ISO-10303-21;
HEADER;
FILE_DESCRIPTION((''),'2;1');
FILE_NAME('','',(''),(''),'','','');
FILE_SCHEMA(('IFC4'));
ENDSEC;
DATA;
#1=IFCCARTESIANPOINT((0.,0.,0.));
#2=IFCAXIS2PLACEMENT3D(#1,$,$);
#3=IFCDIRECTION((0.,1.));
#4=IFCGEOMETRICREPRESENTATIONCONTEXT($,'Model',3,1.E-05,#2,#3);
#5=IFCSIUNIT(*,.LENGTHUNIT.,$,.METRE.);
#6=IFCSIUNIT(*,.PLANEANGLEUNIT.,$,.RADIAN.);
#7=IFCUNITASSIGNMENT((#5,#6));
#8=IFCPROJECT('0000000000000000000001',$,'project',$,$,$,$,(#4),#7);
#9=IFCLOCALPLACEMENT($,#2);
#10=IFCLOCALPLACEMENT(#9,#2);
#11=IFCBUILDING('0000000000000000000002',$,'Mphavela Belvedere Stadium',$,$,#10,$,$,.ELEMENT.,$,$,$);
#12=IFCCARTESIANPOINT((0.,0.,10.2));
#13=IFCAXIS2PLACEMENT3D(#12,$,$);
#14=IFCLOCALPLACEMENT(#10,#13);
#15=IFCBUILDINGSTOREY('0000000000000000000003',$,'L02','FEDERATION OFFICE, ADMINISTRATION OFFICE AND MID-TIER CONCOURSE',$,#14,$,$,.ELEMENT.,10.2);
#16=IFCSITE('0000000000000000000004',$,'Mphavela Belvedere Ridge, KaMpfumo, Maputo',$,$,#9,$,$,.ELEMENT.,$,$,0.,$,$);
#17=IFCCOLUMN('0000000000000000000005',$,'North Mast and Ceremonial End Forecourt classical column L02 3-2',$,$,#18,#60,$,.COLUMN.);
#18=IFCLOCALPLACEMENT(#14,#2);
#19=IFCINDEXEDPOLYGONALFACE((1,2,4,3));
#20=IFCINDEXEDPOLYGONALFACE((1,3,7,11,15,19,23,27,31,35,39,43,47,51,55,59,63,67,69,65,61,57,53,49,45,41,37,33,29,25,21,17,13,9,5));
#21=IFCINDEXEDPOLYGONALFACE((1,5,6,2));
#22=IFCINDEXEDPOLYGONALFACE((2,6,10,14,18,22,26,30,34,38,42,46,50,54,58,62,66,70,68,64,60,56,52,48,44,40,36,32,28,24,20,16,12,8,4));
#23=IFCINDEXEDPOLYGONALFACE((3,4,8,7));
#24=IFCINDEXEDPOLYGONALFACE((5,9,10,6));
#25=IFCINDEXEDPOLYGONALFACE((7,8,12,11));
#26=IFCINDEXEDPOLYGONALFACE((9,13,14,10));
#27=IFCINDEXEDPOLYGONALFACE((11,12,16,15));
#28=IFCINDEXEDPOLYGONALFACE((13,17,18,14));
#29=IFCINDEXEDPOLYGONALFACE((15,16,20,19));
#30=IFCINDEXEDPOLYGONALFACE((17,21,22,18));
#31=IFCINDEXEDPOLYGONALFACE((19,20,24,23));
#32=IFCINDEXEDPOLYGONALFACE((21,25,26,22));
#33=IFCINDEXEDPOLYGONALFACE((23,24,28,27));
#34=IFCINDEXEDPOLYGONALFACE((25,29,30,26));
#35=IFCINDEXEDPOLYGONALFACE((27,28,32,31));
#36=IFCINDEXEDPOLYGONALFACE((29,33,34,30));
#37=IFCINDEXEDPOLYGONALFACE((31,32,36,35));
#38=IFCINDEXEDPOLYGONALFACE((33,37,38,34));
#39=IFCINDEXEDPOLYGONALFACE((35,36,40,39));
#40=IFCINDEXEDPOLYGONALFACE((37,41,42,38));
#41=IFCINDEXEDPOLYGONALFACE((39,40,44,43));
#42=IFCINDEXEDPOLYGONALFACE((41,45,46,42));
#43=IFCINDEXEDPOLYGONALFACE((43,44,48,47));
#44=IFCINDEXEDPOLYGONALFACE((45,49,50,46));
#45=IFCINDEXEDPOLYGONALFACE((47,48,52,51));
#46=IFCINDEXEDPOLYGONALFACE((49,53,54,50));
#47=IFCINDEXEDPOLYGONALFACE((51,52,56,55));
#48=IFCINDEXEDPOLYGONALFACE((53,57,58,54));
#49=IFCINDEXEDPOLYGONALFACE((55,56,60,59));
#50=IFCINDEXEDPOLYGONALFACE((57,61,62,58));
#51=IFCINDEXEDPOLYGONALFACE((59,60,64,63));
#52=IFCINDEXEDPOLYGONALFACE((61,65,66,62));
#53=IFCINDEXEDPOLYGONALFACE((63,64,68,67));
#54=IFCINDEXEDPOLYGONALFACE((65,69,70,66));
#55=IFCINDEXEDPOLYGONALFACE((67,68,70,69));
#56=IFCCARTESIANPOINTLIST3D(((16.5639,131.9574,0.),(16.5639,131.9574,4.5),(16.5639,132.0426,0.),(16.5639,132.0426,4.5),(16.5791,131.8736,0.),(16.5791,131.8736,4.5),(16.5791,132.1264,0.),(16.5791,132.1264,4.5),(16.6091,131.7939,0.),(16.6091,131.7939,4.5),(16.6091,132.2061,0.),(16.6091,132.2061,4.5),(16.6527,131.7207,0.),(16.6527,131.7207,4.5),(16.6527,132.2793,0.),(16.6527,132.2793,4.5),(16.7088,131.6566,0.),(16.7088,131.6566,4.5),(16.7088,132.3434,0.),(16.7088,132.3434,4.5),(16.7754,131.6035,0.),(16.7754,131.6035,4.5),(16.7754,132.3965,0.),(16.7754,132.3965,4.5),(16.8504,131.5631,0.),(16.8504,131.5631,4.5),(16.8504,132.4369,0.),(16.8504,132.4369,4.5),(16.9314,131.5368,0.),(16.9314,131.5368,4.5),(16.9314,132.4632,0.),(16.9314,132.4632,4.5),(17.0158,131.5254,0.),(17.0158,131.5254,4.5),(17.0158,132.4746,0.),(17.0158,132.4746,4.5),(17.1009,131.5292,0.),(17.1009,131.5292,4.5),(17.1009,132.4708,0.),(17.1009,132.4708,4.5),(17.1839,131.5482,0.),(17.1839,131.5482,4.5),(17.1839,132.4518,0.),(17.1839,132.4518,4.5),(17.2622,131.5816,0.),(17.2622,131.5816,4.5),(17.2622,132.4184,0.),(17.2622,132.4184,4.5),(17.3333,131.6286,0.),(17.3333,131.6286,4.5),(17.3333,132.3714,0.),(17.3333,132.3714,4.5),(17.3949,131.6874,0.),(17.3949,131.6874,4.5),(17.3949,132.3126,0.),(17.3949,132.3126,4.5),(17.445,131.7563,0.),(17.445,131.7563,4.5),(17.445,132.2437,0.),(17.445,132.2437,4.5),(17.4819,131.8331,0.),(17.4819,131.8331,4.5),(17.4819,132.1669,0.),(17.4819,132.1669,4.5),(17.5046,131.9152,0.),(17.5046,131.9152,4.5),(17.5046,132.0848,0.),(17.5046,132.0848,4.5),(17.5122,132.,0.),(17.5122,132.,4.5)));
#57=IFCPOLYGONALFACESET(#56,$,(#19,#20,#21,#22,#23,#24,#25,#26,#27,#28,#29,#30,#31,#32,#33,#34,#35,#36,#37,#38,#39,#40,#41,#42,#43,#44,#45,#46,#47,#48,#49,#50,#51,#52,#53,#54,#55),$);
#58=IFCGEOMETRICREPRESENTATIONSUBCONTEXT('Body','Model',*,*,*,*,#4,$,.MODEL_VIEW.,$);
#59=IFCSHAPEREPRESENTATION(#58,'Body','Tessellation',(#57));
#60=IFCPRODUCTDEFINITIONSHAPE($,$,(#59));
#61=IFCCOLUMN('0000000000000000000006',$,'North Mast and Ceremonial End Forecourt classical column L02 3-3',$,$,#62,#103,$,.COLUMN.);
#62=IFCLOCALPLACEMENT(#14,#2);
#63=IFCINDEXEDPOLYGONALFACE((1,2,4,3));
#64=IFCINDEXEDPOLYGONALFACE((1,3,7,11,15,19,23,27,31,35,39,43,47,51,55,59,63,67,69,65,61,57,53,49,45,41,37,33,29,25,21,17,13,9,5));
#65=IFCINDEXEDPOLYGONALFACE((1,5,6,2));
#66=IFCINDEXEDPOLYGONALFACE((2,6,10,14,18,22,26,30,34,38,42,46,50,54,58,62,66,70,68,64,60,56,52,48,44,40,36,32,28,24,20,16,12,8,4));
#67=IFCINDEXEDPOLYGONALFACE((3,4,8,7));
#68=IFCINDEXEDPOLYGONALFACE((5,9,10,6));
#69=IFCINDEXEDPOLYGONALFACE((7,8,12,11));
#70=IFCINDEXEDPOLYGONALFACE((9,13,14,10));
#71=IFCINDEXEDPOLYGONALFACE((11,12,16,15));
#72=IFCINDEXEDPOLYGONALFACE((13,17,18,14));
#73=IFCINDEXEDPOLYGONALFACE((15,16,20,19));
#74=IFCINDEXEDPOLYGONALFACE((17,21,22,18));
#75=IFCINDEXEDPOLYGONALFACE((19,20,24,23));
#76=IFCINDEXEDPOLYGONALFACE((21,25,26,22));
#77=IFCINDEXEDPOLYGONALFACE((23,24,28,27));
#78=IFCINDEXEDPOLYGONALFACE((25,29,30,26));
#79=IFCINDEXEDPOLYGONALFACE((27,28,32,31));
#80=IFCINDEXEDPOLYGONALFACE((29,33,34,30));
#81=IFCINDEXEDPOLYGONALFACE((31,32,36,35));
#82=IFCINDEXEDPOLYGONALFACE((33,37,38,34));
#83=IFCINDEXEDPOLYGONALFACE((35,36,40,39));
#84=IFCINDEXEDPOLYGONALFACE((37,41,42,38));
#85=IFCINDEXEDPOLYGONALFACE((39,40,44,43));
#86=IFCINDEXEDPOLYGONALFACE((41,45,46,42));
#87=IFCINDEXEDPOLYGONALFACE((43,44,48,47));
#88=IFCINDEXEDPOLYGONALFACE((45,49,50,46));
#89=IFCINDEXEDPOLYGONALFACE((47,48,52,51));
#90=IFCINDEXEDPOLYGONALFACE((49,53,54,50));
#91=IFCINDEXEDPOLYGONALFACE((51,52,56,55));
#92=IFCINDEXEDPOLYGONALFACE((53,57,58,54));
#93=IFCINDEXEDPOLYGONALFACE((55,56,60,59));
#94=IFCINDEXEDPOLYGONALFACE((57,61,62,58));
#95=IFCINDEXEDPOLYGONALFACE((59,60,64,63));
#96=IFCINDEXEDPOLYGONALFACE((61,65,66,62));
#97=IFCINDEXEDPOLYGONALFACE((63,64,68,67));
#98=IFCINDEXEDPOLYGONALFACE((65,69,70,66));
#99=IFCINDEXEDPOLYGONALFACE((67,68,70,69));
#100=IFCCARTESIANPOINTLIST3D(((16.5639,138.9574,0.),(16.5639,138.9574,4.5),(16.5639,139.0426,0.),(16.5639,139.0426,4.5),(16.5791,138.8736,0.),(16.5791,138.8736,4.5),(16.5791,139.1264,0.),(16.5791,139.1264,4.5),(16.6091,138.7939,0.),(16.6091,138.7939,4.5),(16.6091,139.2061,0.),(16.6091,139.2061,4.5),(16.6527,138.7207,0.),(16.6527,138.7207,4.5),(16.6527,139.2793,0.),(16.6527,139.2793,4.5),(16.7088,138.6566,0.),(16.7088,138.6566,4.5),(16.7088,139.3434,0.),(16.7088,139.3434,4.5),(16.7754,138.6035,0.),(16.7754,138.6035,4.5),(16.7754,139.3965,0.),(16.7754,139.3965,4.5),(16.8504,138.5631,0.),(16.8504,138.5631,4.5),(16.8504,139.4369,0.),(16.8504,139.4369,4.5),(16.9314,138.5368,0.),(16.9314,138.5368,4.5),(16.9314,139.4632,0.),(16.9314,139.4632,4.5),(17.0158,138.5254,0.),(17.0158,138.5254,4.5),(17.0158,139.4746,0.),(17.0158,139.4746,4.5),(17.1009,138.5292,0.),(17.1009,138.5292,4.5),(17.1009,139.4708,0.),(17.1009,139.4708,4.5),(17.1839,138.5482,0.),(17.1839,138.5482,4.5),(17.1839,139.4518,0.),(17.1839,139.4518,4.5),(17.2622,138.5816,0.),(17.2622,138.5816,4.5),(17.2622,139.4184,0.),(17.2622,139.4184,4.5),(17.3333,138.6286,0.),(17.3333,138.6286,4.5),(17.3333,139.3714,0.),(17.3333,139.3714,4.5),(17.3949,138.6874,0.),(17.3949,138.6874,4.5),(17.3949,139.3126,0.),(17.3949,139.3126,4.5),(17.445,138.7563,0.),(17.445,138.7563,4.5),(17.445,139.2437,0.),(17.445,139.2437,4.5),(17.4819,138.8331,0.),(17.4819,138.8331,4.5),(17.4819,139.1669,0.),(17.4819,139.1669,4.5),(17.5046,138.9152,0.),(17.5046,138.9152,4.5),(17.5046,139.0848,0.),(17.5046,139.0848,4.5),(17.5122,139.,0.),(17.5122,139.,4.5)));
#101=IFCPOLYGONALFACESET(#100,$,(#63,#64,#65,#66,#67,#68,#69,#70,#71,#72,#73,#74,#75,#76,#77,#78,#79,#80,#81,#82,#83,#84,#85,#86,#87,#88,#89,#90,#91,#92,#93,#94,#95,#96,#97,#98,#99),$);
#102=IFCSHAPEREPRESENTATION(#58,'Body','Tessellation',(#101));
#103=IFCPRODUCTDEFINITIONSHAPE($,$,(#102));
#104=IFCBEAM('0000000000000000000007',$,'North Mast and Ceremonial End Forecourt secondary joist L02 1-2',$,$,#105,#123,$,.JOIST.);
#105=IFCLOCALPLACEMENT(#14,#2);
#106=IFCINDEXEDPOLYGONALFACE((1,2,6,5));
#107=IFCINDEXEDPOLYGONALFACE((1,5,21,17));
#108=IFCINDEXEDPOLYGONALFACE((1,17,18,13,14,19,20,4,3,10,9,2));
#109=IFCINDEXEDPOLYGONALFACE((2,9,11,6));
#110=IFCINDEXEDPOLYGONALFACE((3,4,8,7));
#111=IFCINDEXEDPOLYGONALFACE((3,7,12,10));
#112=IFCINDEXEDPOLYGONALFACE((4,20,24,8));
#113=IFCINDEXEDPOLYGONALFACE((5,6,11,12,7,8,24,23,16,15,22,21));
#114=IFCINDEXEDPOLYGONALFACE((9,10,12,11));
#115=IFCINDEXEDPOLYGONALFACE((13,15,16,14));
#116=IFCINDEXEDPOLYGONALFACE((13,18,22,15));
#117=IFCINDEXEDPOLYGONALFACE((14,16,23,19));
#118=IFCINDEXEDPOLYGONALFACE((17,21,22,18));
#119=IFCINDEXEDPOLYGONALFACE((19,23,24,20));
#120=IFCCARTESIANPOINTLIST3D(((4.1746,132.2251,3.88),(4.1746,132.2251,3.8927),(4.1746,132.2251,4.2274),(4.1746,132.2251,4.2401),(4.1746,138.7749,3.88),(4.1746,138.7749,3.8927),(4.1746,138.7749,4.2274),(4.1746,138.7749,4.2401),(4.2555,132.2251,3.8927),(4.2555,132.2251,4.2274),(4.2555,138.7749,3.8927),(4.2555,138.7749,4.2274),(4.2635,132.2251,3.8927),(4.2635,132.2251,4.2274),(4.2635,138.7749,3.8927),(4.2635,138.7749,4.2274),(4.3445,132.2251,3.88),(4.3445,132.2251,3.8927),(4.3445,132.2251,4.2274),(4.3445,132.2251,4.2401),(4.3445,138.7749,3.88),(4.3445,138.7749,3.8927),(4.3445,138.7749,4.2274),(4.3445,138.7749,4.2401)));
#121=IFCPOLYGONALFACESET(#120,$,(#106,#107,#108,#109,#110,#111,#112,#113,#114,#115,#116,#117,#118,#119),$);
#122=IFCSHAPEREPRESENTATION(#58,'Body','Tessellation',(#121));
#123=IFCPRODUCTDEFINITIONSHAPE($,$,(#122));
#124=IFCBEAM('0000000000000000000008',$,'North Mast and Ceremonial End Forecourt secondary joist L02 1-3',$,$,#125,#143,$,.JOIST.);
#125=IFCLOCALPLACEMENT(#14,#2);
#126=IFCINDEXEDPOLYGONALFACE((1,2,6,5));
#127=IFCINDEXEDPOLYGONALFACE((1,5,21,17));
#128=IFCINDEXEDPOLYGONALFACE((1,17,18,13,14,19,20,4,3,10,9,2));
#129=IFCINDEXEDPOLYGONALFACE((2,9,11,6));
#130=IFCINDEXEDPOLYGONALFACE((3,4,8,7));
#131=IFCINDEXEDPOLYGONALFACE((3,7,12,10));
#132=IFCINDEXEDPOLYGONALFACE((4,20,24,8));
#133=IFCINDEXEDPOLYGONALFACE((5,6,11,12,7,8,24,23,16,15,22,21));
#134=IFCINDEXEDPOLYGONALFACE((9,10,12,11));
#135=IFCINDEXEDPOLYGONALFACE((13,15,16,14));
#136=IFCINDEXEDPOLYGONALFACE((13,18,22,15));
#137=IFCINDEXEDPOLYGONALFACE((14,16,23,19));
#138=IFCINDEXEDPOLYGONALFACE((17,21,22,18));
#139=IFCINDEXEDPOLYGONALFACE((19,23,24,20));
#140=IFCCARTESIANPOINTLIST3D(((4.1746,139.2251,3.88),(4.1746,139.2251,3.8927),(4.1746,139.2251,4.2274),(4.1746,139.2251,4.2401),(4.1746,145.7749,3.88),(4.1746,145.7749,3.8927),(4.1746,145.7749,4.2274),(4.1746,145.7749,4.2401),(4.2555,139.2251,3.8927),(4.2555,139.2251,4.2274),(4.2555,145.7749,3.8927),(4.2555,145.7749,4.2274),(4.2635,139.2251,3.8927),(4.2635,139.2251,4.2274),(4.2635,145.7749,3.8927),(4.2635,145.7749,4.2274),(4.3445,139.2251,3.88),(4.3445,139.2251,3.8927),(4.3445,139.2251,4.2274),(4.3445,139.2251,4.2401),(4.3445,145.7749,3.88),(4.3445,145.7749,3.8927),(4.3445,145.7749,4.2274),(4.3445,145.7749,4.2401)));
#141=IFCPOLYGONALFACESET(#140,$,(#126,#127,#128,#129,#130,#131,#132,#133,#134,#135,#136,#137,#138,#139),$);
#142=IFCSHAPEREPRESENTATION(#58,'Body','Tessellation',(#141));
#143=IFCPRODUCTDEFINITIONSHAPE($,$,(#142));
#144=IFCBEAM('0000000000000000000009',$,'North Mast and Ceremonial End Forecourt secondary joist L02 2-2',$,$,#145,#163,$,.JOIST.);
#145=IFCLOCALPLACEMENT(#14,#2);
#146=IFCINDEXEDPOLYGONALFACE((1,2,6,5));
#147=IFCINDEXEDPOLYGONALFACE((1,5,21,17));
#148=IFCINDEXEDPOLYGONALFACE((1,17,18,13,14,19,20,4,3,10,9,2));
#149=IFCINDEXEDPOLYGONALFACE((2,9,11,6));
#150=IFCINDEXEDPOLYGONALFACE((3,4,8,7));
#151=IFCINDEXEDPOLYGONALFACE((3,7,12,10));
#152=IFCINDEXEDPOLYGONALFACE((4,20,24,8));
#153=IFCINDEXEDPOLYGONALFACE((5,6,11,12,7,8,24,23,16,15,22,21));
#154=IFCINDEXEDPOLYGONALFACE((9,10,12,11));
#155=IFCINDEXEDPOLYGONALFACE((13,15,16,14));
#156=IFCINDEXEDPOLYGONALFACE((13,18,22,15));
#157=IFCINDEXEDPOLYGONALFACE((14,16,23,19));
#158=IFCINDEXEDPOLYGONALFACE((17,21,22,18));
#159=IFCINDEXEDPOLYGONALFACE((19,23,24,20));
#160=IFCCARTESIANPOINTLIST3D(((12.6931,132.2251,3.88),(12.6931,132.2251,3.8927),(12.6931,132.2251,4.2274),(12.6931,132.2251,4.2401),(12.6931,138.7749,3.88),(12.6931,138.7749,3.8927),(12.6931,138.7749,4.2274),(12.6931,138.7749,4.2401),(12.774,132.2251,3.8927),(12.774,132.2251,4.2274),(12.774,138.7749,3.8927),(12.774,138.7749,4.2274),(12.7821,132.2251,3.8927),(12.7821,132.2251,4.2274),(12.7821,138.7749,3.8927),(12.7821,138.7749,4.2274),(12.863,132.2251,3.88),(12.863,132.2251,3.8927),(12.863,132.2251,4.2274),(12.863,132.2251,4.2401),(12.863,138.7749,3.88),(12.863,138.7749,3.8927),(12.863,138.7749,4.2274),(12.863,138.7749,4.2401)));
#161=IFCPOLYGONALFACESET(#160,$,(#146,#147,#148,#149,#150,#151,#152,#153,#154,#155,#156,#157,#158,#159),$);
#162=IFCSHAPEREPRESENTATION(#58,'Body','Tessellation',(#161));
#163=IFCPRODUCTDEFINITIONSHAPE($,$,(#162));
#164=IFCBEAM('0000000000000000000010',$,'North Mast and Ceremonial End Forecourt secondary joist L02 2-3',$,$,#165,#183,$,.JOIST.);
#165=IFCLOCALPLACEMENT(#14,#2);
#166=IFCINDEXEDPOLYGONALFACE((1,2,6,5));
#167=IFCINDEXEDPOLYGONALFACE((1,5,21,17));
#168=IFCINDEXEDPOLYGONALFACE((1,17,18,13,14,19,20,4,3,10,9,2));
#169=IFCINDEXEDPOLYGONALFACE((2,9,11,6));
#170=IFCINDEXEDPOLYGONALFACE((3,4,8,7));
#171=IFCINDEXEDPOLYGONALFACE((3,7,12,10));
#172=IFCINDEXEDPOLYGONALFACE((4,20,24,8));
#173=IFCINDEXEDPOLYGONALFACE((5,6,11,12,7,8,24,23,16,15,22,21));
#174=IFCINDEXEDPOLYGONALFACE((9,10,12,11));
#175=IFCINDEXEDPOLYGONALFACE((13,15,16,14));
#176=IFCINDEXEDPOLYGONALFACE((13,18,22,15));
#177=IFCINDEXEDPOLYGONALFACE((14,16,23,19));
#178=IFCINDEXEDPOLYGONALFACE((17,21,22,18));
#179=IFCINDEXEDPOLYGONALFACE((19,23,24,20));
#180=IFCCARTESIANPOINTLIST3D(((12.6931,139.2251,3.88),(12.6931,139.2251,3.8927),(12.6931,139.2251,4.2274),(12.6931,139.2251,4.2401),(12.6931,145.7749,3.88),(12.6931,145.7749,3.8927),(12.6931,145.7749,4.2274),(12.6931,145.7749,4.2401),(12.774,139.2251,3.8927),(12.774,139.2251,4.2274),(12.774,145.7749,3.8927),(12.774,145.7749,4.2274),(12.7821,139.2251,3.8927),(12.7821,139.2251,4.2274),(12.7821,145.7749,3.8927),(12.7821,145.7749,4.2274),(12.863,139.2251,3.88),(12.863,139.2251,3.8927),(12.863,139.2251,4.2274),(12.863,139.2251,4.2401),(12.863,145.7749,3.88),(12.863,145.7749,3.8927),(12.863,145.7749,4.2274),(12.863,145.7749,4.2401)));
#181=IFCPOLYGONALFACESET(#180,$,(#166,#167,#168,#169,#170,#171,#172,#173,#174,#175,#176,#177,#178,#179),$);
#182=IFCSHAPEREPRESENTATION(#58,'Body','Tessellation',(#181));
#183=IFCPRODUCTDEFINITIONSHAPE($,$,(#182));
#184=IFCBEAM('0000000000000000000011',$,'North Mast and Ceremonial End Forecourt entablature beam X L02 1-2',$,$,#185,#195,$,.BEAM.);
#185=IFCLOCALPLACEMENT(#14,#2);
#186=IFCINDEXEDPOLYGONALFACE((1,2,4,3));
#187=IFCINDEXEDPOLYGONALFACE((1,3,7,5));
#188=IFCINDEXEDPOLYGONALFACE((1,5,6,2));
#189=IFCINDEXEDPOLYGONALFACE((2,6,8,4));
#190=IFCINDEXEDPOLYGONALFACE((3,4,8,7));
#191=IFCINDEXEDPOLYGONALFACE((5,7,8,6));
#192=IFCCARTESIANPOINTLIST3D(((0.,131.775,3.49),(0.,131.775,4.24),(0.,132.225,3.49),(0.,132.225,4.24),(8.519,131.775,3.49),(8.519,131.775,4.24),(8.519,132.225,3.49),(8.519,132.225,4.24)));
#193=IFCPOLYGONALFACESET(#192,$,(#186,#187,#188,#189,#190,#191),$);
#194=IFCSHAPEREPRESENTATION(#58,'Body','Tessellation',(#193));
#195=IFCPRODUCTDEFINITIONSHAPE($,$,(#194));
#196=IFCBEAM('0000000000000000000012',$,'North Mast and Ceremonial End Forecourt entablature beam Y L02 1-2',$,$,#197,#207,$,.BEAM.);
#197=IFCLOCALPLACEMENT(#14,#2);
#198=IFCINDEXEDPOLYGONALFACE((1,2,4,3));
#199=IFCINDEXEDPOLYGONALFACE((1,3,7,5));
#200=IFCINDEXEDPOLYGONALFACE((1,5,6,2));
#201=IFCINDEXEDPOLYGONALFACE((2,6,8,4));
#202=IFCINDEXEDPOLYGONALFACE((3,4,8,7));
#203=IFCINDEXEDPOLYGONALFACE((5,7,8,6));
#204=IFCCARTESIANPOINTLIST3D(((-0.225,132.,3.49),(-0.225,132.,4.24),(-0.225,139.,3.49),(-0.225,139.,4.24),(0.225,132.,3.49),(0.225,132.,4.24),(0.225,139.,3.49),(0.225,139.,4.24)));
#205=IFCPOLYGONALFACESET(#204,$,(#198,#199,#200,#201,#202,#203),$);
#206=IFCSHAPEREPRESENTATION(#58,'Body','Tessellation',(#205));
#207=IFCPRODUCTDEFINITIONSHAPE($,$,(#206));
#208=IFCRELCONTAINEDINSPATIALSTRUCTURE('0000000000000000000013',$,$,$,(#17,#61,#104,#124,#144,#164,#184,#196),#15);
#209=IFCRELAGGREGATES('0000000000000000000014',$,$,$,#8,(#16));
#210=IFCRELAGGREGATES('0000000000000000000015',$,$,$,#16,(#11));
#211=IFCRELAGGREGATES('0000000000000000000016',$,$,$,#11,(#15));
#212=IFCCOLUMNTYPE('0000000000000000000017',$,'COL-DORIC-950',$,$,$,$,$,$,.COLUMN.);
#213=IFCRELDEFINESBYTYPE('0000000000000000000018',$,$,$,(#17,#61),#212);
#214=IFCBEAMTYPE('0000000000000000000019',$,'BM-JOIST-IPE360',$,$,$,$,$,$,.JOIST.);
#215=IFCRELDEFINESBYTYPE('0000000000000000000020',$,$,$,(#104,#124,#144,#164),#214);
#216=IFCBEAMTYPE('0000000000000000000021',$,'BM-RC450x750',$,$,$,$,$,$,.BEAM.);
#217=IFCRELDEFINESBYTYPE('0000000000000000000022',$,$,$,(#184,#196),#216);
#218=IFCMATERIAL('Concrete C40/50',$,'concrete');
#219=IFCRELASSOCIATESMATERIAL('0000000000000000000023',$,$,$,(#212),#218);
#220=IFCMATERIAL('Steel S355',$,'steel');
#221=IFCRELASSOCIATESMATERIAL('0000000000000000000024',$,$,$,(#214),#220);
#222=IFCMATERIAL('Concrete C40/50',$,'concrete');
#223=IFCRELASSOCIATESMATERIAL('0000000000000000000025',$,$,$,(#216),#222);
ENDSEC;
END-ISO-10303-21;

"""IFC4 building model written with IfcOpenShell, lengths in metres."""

from ifc_helpers import new_model, si_unit, direction, frame, origin, origin_2d, place, context, subcontext, project, spatial, rectangle, circle, i_section, extrude, material, material_profile, profile_set, type_object, element, save


model = new_model("IFC4")

# Units and contexts
model_context = context("Model", 3, precision=1e-05, world=origin(), true_north=direction((0.0, 1.0)))
body_context = subcontext(model_context, "Body", "Model", "MODEL_VIEW")
ifc_project = project(units=[si_unit("LENGTHUNIT", "METRE"), si_unit("PLANEANGLEUNIT", "RADIAN")], contexts=[model_context])

# Site, building, storey
site_placement = place(None, origin())
site = spatial("IfcSite", under=ifc_project, at=site_placement, Name="Mphavela Belvedere Ridge, KaMpfumo, Maputo", CompositionType="ELEMENT", RefElevation=0.0)
building_placement = place(site_placement, origin())
building = spatial("IfcBuilding", under=site, at=building_placement, Name="Mphavela Belvedere Stadium", CompositionType="ELEMENT")
storey_placement = place(building_placement, frame((0.0, 0.0, 10.2)))
storey = spatial("IfcBuildingStorey", under=building, at=storey_placement, Name="L02", Description="FEDERATION OFFICE, ADMINISTRATION OFFICE AND MID-TIER CONCOURSE", CompositionType="ELEMENT", Elevation=10.2)

# Columns
ifc_material_1 = material(Name="Concrete C40/50", Category="concrete")
ifc_material_profile_1 = material_profile(ifc_material_1, circle(Radius=0.4751, at=origin_2d()), Name="COL D950")
ifc_profile_set_1 = profile_set([ifc_material_profile_1], Name="Concrete C40/50")
column_type = type_object("IfcColumnType", Name="COL-DORIC-950", PredefinedType="COLUMN", material=ifc_profile_set_1)
for number, where, z_axis, x_axis, name in (
    (1, (17.0371, 132.0, 0.0), (0.0, 0.0, 1.0), (1.0, 0.0, 0.0), "North Mast and Ceremonial End Forecourt classical column L02 3-2"),
    (2, (17.0371, 139.0, 0.0), (0.0, 0.0, 1.0), (1.0, 0.0, 0.0), "North Mast and Ceremonial End Forecourt classical column L02 3-3"),
):
    element("IfcColumn", number, at=place(storey_placement, frame(where, z_axis=z_axis, x_axis=x_axis)), inside=storey, type_object=column_type, Name=name, PredefinedType="COLUMN", context=body_context, shape_type="SweptSolid", body=[
        extrude(circle(Radius=0.4751, at=origin_2d()), origin(), (0.0, 0.0, 1.0), 4.5),
    ])

# Beams
ifc_material_2 = material(Name="Steel S355", Category="steel")
ifc_material_profile_2 = material_profile(ifc_material_2, i_section(OverallWidth=0.1699, OverallDepth=0.3601, WebThickness=0.0081, FlangeThickness=0.0127, at=origin_2d()), Name="IPE 360")
ifc_profile_set_2 = profile_set([ifc_material_profile_2], Name="Steel S355")
beam_type_1 = type_object("IfcBeamType", Name="BM-JOIST-IPE360", PredefinedType="JOIST", material=ifc_profile_set_2)
for number, where, z_axis, x_axis, name in (
    (3, (4.2595, 132.2251, 4.0601), (0.0, 1.0, 0.0), (-1.0, 0.0, 0.0), "North Mast and Ceremonial End Forecourt secondary joist L02 1-2"),
    (4, (4.2595, 139.2251, 4.0601), (0.0, 1.0, 0.0), (-1.0, 0.0, 0.0), "North Mast and Ceremonial End Forecourt secondary joist L02 1-3"),
    (5, (12.7781, 132.2251, 4.0601), (0.0, 1.0, 0.0), (-1.0, 0.0, 0.0), "North Mast and Ceremonial End Forecourt secondary joist L02 2-2"),
    (6, (12.7781, 139.2251, 4.0601), (0.0, 1.0, 0.0), (-1.0, 0.0, 0.0), "North Mast and Ceremonial End Forecourt secondary joist L02 2-3"),
):
    element("IfcBeam", number, at=place(storey_placement, frame(where, z_axis=z_axis, x_axis=x_axis)), inside=storey, type_object=beam_type_1, Name=name, PredefinedType="JOIST", context=body_context, shape_type="SweptSolid", body=[
        extrude(i_section(OverallWidth=0.1699, OverallDepth=0.3601, WebThickness=0.0081, FlangeThickness=0.0127, at=origin_2d()), origin(), (0.0, 0.0, 1.0), 6.5498),
    ])
ifc_material_3 = material(Name="Concrete C40/50", Category="concrete")
ifc_material_profile_3 = material_profile(ifc_material_3, rectangle(XDim=0.45, YDim=0.75, at=origin_2d()), Name="RC 450x750")
ifc_profile_set_3 = profile_set([ifc_material_profile_3], Name="Concrete C40/50")
beam_type_2 = type_object("IfcBeamType", Name="BM-RC450x750", PredefinedType="BEAM", material=ifc_profile_set_3)
beam_1_placement = place(storey_placement, frame((0.0, 132.0, 3.865), z_axis=(1.0, 0.0, 0.0), x_axis=(0.0, 1.0, 0.0)))
element("IfcBeam", 7, at=beam_1_placement, inside=storey, type_object=beam_type_2, Name="North Mast and Ceremonial End Forecourt entablature beam X L02 1-2", PredefinedType="BEAM", context=body_context, shape_type="SweptSolid", body=[
    extrude(rectangle(XDim=0.45, YDim=0.75, at=origin_2d()), origin(), (0.0, 0.0, 1.0), 8.519),
])
beam_2_placement = place(storey_placement, frame((0.0, 132.0, 3.865), z_axis=(0.0, 1.0, 0.0), x_axis=(-1.0, 0.0, 0.0)))
element("IfcBeam", 8, at=beam_2_placement, inside=storey, type_object=beam_type_2, Name="North Mast and Ceremonial End Forecourt entablature beam Y L02 1-2", PredefinedType="BEAM", context=body_context, shape_type="SweptSolid", body=[
    extrude(rectangle(XDim=0.45, YDim=0.75, at=origin_2d()), origin(), (0.0, 0.0, 1.0), 7.0),
])

save(model, "model.ifc")
